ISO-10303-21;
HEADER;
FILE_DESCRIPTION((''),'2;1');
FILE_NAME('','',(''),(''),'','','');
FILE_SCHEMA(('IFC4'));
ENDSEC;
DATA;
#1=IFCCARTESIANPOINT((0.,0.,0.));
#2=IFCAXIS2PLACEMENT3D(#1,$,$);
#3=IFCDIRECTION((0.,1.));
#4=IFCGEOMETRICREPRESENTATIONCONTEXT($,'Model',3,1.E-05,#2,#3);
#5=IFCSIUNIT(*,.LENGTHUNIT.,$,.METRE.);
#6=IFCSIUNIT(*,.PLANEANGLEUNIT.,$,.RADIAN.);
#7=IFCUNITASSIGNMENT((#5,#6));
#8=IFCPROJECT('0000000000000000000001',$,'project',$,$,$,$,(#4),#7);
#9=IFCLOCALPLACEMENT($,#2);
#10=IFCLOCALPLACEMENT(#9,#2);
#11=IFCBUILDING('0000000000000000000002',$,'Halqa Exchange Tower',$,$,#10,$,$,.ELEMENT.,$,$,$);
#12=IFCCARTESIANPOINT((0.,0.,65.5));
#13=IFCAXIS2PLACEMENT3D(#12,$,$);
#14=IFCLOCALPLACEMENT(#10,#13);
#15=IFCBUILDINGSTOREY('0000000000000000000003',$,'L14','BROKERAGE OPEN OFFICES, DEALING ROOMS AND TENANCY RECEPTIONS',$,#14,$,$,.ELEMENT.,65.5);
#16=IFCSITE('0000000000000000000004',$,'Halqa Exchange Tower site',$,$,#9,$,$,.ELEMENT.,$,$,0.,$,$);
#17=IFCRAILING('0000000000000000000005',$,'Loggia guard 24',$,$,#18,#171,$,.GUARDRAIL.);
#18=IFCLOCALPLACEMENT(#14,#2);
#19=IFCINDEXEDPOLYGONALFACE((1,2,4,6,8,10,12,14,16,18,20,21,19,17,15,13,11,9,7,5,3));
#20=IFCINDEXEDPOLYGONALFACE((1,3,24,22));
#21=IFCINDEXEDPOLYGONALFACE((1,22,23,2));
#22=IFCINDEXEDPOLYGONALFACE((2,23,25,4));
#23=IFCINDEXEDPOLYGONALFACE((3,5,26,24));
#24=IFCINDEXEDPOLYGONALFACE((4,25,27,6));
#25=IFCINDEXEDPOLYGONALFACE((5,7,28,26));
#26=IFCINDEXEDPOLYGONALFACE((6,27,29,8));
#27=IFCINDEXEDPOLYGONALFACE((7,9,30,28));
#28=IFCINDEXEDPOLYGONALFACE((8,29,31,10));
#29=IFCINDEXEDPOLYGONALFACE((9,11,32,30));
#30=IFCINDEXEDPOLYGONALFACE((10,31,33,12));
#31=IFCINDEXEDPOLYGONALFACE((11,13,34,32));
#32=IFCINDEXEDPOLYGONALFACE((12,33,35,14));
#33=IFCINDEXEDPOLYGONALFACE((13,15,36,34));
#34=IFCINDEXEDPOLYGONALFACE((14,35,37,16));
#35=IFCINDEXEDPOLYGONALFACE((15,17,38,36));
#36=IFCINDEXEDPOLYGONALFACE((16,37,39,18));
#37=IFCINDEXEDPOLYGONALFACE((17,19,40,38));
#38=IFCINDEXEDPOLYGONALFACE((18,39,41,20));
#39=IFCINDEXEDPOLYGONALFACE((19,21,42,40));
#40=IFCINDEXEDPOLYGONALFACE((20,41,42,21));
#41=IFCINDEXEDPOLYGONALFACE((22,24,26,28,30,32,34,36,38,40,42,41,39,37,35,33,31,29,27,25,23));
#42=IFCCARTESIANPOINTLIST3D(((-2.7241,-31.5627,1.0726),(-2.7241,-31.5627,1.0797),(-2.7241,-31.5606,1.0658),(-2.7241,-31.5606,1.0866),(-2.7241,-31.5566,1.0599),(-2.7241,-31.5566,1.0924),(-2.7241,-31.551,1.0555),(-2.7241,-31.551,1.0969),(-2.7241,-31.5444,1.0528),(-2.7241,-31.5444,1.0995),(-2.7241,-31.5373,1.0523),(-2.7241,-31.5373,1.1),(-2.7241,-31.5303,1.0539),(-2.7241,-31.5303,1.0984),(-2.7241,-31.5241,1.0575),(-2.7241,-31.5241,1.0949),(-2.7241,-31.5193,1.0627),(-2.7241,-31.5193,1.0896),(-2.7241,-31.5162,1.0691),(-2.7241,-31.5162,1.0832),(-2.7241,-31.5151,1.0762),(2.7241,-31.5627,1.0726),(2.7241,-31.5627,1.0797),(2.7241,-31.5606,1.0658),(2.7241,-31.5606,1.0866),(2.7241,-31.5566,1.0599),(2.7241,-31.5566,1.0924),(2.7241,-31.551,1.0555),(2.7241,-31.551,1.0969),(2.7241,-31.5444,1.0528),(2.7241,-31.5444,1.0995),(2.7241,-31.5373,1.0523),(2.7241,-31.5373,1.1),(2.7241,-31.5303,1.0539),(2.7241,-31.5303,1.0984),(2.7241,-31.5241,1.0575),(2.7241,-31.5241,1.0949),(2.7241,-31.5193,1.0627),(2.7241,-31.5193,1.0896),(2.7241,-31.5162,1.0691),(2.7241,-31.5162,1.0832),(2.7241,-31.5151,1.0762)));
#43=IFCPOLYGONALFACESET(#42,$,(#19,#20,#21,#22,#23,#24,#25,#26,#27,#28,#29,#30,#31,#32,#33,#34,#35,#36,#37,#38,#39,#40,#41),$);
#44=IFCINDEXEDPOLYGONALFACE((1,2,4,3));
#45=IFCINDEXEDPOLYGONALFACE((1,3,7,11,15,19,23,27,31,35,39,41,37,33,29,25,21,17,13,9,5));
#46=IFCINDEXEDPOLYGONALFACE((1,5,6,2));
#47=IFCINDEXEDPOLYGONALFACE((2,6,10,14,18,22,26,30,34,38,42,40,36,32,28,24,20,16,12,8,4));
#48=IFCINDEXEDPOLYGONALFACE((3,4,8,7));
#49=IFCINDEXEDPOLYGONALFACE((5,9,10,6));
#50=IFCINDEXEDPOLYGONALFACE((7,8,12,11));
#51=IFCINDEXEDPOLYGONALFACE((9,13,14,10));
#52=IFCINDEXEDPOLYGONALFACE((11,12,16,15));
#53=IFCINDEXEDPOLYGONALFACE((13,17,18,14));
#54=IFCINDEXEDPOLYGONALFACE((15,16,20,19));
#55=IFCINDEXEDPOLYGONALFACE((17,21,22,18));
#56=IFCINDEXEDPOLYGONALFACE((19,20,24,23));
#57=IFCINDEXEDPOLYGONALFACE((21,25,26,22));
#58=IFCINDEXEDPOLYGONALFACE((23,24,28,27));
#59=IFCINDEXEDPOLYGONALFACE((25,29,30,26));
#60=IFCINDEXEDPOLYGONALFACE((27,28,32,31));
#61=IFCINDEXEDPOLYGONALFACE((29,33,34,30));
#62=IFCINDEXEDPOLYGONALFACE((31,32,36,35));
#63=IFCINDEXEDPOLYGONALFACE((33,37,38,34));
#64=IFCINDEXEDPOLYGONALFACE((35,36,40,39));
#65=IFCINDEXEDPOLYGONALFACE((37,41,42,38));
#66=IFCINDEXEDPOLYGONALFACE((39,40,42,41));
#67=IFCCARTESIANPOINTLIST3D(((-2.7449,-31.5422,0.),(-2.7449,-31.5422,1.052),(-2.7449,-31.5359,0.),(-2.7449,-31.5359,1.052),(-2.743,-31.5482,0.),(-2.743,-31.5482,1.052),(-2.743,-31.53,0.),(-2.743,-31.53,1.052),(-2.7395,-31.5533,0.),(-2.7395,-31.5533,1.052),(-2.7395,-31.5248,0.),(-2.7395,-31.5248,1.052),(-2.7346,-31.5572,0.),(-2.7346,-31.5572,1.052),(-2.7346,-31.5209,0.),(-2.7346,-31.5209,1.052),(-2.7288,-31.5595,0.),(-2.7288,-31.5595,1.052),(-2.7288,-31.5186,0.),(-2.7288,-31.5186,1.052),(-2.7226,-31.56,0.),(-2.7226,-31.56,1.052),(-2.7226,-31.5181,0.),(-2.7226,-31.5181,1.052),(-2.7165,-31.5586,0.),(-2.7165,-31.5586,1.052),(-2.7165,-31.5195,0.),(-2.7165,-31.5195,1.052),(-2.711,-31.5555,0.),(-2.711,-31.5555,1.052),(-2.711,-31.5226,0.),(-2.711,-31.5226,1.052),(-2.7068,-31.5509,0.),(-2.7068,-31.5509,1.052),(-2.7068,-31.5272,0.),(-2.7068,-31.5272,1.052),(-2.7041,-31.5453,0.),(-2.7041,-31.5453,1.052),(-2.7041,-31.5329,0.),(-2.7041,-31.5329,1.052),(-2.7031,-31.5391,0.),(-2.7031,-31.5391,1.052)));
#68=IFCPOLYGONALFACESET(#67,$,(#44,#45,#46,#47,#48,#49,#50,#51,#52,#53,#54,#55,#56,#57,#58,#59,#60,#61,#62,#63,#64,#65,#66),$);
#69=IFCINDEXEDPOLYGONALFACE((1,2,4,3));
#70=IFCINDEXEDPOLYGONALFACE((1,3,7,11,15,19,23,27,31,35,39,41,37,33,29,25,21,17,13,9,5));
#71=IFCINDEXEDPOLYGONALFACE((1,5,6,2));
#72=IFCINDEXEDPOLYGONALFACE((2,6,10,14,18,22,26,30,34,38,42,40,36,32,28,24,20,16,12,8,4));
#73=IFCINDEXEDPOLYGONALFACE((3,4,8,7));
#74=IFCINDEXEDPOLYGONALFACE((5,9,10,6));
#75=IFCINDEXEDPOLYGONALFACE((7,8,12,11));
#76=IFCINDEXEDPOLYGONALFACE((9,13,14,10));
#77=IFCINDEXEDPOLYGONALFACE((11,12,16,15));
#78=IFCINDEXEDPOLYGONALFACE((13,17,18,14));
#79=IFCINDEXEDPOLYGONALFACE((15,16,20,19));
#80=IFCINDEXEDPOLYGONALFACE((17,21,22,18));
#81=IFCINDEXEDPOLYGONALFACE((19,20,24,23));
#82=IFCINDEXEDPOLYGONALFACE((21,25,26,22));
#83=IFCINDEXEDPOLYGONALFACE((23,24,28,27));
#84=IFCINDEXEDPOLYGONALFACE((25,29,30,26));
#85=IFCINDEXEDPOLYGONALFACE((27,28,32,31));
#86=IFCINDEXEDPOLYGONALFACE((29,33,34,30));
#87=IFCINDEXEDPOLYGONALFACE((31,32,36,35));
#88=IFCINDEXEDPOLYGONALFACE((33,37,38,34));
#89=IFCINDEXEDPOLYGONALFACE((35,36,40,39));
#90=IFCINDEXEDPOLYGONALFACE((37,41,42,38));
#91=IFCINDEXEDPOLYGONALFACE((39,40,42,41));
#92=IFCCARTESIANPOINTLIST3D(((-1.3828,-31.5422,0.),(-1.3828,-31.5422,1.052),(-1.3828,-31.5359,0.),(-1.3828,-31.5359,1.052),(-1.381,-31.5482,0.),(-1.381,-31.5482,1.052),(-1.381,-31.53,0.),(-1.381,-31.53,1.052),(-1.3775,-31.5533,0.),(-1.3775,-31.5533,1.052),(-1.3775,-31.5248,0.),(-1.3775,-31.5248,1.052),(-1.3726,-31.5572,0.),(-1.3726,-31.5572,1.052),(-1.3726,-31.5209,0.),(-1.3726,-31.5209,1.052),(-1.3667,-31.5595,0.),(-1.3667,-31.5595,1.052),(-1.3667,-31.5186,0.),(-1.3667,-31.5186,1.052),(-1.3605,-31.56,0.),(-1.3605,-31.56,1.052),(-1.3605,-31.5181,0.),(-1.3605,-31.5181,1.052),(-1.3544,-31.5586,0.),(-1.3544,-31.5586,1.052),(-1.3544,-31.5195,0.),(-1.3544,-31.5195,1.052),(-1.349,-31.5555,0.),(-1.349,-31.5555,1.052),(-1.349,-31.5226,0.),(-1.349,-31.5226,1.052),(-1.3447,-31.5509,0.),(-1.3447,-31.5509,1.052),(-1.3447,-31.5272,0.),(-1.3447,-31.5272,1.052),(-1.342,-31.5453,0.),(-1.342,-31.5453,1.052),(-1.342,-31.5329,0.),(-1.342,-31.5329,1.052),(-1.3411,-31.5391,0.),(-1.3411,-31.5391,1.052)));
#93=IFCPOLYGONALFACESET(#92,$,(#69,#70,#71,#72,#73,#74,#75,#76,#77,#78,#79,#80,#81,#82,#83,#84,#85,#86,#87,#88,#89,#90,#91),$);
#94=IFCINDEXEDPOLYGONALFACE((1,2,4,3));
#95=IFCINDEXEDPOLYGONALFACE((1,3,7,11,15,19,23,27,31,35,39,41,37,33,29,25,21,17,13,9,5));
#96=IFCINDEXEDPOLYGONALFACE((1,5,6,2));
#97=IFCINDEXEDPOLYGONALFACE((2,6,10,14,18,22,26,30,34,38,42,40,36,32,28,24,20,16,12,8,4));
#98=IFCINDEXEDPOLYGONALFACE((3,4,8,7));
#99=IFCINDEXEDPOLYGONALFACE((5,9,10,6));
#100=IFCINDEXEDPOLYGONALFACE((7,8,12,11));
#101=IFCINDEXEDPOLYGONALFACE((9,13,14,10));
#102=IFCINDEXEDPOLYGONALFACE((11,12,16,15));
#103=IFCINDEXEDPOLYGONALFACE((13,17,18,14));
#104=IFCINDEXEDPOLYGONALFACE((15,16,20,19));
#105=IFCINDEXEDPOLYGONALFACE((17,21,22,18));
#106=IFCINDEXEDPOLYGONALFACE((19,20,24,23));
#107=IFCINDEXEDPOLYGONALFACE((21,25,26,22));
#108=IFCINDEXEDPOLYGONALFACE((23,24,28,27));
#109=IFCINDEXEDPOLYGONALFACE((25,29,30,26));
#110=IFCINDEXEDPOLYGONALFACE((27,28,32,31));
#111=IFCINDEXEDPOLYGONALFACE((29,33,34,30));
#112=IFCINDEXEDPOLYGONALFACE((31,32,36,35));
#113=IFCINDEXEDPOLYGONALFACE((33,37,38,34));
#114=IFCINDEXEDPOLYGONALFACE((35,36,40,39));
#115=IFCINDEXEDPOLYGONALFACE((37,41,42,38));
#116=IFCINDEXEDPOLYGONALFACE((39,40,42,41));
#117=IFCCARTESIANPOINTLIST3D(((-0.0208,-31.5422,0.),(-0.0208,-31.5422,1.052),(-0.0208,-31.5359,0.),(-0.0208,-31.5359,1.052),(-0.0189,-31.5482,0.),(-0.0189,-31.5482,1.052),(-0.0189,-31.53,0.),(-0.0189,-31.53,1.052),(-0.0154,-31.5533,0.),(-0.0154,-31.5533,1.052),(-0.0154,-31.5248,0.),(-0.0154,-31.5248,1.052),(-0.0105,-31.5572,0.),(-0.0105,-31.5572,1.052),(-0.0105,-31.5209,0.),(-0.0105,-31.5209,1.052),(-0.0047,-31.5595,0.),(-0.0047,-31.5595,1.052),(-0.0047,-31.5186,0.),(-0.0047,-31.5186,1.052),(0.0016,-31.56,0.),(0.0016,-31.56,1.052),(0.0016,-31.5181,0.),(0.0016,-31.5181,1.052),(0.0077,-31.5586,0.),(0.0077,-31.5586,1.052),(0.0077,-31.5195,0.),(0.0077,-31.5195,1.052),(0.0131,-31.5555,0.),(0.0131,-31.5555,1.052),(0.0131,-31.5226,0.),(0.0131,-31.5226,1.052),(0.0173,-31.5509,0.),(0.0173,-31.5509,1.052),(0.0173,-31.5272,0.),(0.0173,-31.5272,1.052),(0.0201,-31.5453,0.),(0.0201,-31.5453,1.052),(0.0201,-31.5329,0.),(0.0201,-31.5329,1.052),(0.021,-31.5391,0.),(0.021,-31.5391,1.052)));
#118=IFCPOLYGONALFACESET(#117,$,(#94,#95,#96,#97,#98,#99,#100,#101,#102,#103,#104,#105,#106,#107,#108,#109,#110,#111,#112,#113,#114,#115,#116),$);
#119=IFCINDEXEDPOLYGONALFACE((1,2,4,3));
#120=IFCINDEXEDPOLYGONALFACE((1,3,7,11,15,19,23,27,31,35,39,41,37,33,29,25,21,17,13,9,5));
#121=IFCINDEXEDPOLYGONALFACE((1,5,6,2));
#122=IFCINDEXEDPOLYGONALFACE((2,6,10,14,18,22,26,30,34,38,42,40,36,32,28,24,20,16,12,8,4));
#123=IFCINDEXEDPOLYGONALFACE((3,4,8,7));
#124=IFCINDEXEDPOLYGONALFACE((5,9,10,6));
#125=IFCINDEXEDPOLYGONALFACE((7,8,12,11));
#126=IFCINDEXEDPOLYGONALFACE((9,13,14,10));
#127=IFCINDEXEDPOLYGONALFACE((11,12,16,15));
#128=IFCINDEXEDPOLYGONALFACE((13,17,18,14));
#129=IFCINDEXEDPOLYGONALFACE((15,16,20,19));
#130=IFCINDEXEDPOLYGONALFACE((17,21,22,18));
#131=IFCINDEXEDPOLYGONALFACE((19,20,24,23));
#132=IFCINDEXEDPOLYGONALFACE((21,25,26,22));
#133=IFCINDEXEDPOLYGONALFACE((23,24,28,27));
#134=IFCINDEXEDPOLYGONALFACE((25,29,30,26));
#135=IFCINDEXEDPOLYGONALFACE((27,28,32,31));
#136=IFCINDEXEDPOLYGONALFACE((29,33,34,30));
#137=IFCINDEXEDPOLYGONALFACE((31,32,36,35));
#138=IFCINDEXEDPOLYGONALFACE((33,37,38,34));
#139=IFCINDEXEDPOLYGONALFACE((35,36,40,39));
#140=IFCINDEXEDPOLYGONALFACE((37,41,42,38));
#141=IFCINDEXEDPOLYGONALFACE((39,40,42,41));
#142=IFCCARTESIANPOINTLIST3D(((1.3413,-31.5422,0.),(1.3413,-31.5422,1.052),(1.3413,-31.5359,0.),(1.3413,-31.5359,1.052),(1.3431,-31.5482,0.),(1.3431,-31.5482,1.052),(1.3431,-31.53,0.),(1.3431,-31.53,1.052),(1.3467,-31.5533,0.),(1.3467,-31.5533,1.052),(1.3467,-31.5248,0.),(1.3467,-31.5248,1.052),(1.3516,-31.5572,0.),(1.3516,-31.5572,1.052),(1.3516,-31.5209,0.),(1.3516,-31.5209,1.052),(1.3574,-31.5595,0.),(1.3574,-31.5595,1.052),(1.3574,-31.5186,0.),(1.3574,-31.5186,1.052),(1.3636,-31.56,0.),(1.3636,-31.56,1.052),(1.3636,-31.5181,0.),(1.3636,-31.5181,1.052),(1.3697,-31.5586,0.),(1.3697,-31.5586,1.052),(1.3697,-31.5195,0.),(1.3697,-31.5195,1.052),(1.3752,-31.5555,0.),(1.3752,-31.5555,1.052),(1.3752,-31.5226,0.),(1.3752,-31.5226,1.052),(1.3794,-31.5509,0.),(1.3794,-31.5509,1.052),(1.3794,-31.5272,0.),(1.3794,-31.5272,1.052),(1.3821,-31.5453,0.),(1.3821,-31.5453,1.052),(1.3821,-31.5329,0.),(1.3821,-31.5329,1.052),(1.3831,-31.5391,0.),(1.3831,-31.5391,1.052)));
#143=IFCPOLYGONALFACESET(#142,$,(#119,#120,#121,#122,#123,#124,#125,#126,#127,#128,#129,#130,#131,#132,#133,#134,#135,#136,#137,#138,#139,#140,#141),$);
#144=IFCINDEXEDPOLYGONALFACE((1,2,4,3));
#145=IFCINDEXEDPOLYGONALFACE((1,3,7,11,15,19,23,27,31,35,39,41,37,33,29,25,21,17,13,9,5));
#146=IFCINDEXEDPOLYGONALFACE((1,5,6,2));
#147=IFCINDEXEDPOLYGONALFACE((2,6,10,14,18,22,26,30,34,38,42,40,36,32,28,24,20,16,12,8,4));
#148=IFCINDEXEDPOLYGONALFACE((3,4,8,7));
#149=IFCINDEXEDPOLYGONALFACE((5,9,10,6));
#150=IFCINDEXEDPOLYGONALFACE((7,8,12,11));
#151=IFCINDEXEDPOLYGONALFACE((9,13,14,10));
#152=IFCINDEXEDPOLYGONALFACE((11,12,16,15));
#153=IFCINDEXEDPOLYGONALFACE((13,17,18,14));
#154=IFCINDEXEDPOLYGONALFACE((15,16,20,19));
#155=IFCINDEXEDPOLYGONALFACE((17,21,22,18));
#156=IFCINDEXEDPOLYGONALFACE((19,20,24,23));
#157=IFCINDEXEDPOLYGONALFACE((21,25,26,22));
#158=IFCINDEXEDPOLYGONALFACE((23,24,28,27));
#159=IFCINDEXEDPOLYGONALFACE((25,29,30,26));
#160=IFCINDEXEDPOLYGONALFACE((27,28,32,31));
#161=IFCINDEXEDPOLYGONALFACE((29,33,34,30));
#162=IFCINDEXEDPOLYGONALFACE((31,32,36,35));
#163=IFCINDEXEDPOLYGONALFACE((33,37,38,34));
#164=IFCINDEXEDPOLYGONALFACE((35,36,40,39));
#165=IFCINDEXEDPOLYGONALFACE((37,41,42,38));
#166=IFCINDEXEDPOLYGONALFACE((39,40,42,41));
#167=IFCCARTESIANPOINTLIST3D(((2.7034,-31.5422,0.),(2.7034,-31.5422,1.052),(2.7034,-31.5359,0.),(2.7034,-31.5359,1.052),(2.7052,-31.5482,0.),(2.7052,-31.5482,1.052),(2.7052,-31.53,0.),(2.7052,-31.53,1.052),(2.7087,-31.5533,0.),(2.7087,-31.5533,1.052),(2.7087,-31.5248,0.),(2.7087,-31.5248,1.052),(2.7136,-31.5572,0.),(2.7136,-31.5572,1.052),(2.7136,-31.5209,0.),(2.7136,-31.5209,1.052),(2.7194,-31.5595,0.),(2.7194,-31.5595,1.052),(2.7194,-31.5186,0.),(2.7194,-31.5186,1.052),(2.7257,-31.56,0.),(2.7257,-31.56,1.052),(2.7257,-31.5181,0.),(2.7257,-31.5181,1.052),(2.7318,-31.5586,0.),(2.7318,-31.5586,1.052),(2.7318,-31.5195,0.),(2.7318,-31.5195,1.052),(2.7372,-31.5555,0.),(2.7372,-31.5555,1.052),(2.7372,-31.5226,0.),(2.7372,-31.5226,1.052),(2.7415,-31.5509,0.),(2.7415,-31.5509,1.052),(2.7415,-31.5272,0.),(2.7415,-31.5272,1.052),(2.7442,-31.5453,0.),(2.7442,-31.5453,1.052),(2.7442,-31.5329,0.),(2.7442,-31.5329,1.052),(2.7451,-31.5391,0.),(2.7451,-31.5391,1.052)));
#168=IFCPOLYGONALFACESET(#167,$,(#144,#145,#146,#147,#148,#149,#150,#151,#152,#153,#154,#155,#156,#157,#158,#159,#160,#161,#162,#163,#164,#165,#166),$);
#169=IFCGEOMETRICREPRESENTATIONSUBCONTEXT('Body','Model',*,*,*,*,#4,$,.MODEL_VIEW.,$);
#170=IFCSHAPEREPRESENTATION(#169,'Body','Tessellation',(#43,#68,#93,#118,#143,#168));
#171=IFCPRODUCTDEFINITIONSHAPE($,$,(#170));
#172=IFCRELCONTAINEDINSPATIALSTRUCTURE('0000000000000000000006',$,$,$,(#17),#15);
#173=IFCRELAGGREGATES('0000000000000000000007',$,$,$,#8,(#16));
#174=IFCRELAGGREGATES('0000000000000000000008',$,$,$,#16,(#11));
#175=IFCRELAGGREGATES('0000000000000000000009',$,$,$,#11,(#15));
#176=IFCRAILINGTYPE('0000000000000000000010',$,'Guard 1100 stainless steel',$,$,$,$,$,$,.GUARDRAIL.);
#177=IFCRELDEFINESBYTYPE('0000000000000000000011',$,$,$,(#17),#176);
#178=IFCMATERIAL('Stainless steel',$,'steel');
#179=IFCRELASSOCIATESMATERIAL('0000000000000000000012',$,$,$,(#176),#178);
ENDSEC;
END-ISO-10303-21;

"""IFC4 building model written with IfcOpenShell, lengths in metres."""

from ifc_helpers import new_model, si_unit, direction, frame, origin, origin_2d, place, context, subcontext, project, spatial, circle, extrude, material, type_object, element, save


model = new_model("IFC4")

# Units and contexts
model_context = context("Model", 3, precision=1e-05, world=origin(), true_north=direction((0.0, 1.0)))
body_context = subcontext(model_context, "Body", "Model", "MODEL_VIEW")
ifc_project = project(units=[si_unit("LENGTHUNIT", "METRE"), si_unit("PLANEANGLEUNIT", "RADIAN")], contexts=[model_context])

# Site, building, storey
site_placement = place(None, origin())
site = spatial("IfcSite", under=ifc_project, at=site_placement, Name="Halqa Exchange Tower site", CompositionType="ELEMENT", RefElevation=0.0)
building_placement = place(site_placement, origin())
building = spatial("IfcBuilding", under=site, at=building_placement, Name="Halqa Exchange Tower", CompositionType="ELEMENT")
storey_placement = place(building_placement, frame((0.0, 0.0, 65.5)))
storey = spatial("IfcBuildingStorey", under=building, at=storey_placement, Name="L14", Description="BROKERAGE OPEN OFFICES, DEALING ROOMS AND TENANCY RECEPTIONS", CompositionType="ELEMENT", Elevation=65.5)

# Railing
ifc_material_1 = material(Name="Stainless steel", Category="steel")
railing_type = type_object("IfcRailingType", Name="Guard 1100 stainless steel", PredefinedType="GUARDRAIL", material=ifc_material_1)
railing_1_placement = place(storey_placement, frame((-2.7241, -31.5391, 0.0)))
element("IfcRailing", 1, at=railing_1_placement, inside=storey, type_object=railing_type, Name="Loggia guard 24", PredefinedType="GUARDRAIL", context=body_context, shape_type="SweptSolid", body=[
    extrude(circle(Radius=0.0239, at=origin_2d()), frame((0.0, 0.0, 1.0762), z_axis=(1.0, 0.0, 0.0), x_axis=(0.0, 1.0, 0.0)), (0.0, 0.0, 1.0), 5.4482),
    extrude(circle(Radius=0.021, at=origin_2d()), origin(), (0.0, 0.0, 1.0), 1.052),
    extrude(circle(Radius=0.021, at=origin_2d()), frame((1.3621, 0.0, 0.0)), (0.0, 0.0, 1.0), 1.052),
    extrude(circle(Radius=0.021, at=origin_2d()), frame((2.7241, 0.0, 0.0)), (0.0, 0.0, 1.0), 1.052),
    extrude(circle(Radius=0.021, at=origin_2d()), frame((4.0862, 0.0, 0.0)), (0.0, 0.0, 1.0), 1.052),
    extrude(circle(Radius=0.021, at=origin_2d()), frame((5.4482, 0.0, 0.0)), (0.0, 0.0, 1.0), 1.052),
])

save(model, "model.ifc")
